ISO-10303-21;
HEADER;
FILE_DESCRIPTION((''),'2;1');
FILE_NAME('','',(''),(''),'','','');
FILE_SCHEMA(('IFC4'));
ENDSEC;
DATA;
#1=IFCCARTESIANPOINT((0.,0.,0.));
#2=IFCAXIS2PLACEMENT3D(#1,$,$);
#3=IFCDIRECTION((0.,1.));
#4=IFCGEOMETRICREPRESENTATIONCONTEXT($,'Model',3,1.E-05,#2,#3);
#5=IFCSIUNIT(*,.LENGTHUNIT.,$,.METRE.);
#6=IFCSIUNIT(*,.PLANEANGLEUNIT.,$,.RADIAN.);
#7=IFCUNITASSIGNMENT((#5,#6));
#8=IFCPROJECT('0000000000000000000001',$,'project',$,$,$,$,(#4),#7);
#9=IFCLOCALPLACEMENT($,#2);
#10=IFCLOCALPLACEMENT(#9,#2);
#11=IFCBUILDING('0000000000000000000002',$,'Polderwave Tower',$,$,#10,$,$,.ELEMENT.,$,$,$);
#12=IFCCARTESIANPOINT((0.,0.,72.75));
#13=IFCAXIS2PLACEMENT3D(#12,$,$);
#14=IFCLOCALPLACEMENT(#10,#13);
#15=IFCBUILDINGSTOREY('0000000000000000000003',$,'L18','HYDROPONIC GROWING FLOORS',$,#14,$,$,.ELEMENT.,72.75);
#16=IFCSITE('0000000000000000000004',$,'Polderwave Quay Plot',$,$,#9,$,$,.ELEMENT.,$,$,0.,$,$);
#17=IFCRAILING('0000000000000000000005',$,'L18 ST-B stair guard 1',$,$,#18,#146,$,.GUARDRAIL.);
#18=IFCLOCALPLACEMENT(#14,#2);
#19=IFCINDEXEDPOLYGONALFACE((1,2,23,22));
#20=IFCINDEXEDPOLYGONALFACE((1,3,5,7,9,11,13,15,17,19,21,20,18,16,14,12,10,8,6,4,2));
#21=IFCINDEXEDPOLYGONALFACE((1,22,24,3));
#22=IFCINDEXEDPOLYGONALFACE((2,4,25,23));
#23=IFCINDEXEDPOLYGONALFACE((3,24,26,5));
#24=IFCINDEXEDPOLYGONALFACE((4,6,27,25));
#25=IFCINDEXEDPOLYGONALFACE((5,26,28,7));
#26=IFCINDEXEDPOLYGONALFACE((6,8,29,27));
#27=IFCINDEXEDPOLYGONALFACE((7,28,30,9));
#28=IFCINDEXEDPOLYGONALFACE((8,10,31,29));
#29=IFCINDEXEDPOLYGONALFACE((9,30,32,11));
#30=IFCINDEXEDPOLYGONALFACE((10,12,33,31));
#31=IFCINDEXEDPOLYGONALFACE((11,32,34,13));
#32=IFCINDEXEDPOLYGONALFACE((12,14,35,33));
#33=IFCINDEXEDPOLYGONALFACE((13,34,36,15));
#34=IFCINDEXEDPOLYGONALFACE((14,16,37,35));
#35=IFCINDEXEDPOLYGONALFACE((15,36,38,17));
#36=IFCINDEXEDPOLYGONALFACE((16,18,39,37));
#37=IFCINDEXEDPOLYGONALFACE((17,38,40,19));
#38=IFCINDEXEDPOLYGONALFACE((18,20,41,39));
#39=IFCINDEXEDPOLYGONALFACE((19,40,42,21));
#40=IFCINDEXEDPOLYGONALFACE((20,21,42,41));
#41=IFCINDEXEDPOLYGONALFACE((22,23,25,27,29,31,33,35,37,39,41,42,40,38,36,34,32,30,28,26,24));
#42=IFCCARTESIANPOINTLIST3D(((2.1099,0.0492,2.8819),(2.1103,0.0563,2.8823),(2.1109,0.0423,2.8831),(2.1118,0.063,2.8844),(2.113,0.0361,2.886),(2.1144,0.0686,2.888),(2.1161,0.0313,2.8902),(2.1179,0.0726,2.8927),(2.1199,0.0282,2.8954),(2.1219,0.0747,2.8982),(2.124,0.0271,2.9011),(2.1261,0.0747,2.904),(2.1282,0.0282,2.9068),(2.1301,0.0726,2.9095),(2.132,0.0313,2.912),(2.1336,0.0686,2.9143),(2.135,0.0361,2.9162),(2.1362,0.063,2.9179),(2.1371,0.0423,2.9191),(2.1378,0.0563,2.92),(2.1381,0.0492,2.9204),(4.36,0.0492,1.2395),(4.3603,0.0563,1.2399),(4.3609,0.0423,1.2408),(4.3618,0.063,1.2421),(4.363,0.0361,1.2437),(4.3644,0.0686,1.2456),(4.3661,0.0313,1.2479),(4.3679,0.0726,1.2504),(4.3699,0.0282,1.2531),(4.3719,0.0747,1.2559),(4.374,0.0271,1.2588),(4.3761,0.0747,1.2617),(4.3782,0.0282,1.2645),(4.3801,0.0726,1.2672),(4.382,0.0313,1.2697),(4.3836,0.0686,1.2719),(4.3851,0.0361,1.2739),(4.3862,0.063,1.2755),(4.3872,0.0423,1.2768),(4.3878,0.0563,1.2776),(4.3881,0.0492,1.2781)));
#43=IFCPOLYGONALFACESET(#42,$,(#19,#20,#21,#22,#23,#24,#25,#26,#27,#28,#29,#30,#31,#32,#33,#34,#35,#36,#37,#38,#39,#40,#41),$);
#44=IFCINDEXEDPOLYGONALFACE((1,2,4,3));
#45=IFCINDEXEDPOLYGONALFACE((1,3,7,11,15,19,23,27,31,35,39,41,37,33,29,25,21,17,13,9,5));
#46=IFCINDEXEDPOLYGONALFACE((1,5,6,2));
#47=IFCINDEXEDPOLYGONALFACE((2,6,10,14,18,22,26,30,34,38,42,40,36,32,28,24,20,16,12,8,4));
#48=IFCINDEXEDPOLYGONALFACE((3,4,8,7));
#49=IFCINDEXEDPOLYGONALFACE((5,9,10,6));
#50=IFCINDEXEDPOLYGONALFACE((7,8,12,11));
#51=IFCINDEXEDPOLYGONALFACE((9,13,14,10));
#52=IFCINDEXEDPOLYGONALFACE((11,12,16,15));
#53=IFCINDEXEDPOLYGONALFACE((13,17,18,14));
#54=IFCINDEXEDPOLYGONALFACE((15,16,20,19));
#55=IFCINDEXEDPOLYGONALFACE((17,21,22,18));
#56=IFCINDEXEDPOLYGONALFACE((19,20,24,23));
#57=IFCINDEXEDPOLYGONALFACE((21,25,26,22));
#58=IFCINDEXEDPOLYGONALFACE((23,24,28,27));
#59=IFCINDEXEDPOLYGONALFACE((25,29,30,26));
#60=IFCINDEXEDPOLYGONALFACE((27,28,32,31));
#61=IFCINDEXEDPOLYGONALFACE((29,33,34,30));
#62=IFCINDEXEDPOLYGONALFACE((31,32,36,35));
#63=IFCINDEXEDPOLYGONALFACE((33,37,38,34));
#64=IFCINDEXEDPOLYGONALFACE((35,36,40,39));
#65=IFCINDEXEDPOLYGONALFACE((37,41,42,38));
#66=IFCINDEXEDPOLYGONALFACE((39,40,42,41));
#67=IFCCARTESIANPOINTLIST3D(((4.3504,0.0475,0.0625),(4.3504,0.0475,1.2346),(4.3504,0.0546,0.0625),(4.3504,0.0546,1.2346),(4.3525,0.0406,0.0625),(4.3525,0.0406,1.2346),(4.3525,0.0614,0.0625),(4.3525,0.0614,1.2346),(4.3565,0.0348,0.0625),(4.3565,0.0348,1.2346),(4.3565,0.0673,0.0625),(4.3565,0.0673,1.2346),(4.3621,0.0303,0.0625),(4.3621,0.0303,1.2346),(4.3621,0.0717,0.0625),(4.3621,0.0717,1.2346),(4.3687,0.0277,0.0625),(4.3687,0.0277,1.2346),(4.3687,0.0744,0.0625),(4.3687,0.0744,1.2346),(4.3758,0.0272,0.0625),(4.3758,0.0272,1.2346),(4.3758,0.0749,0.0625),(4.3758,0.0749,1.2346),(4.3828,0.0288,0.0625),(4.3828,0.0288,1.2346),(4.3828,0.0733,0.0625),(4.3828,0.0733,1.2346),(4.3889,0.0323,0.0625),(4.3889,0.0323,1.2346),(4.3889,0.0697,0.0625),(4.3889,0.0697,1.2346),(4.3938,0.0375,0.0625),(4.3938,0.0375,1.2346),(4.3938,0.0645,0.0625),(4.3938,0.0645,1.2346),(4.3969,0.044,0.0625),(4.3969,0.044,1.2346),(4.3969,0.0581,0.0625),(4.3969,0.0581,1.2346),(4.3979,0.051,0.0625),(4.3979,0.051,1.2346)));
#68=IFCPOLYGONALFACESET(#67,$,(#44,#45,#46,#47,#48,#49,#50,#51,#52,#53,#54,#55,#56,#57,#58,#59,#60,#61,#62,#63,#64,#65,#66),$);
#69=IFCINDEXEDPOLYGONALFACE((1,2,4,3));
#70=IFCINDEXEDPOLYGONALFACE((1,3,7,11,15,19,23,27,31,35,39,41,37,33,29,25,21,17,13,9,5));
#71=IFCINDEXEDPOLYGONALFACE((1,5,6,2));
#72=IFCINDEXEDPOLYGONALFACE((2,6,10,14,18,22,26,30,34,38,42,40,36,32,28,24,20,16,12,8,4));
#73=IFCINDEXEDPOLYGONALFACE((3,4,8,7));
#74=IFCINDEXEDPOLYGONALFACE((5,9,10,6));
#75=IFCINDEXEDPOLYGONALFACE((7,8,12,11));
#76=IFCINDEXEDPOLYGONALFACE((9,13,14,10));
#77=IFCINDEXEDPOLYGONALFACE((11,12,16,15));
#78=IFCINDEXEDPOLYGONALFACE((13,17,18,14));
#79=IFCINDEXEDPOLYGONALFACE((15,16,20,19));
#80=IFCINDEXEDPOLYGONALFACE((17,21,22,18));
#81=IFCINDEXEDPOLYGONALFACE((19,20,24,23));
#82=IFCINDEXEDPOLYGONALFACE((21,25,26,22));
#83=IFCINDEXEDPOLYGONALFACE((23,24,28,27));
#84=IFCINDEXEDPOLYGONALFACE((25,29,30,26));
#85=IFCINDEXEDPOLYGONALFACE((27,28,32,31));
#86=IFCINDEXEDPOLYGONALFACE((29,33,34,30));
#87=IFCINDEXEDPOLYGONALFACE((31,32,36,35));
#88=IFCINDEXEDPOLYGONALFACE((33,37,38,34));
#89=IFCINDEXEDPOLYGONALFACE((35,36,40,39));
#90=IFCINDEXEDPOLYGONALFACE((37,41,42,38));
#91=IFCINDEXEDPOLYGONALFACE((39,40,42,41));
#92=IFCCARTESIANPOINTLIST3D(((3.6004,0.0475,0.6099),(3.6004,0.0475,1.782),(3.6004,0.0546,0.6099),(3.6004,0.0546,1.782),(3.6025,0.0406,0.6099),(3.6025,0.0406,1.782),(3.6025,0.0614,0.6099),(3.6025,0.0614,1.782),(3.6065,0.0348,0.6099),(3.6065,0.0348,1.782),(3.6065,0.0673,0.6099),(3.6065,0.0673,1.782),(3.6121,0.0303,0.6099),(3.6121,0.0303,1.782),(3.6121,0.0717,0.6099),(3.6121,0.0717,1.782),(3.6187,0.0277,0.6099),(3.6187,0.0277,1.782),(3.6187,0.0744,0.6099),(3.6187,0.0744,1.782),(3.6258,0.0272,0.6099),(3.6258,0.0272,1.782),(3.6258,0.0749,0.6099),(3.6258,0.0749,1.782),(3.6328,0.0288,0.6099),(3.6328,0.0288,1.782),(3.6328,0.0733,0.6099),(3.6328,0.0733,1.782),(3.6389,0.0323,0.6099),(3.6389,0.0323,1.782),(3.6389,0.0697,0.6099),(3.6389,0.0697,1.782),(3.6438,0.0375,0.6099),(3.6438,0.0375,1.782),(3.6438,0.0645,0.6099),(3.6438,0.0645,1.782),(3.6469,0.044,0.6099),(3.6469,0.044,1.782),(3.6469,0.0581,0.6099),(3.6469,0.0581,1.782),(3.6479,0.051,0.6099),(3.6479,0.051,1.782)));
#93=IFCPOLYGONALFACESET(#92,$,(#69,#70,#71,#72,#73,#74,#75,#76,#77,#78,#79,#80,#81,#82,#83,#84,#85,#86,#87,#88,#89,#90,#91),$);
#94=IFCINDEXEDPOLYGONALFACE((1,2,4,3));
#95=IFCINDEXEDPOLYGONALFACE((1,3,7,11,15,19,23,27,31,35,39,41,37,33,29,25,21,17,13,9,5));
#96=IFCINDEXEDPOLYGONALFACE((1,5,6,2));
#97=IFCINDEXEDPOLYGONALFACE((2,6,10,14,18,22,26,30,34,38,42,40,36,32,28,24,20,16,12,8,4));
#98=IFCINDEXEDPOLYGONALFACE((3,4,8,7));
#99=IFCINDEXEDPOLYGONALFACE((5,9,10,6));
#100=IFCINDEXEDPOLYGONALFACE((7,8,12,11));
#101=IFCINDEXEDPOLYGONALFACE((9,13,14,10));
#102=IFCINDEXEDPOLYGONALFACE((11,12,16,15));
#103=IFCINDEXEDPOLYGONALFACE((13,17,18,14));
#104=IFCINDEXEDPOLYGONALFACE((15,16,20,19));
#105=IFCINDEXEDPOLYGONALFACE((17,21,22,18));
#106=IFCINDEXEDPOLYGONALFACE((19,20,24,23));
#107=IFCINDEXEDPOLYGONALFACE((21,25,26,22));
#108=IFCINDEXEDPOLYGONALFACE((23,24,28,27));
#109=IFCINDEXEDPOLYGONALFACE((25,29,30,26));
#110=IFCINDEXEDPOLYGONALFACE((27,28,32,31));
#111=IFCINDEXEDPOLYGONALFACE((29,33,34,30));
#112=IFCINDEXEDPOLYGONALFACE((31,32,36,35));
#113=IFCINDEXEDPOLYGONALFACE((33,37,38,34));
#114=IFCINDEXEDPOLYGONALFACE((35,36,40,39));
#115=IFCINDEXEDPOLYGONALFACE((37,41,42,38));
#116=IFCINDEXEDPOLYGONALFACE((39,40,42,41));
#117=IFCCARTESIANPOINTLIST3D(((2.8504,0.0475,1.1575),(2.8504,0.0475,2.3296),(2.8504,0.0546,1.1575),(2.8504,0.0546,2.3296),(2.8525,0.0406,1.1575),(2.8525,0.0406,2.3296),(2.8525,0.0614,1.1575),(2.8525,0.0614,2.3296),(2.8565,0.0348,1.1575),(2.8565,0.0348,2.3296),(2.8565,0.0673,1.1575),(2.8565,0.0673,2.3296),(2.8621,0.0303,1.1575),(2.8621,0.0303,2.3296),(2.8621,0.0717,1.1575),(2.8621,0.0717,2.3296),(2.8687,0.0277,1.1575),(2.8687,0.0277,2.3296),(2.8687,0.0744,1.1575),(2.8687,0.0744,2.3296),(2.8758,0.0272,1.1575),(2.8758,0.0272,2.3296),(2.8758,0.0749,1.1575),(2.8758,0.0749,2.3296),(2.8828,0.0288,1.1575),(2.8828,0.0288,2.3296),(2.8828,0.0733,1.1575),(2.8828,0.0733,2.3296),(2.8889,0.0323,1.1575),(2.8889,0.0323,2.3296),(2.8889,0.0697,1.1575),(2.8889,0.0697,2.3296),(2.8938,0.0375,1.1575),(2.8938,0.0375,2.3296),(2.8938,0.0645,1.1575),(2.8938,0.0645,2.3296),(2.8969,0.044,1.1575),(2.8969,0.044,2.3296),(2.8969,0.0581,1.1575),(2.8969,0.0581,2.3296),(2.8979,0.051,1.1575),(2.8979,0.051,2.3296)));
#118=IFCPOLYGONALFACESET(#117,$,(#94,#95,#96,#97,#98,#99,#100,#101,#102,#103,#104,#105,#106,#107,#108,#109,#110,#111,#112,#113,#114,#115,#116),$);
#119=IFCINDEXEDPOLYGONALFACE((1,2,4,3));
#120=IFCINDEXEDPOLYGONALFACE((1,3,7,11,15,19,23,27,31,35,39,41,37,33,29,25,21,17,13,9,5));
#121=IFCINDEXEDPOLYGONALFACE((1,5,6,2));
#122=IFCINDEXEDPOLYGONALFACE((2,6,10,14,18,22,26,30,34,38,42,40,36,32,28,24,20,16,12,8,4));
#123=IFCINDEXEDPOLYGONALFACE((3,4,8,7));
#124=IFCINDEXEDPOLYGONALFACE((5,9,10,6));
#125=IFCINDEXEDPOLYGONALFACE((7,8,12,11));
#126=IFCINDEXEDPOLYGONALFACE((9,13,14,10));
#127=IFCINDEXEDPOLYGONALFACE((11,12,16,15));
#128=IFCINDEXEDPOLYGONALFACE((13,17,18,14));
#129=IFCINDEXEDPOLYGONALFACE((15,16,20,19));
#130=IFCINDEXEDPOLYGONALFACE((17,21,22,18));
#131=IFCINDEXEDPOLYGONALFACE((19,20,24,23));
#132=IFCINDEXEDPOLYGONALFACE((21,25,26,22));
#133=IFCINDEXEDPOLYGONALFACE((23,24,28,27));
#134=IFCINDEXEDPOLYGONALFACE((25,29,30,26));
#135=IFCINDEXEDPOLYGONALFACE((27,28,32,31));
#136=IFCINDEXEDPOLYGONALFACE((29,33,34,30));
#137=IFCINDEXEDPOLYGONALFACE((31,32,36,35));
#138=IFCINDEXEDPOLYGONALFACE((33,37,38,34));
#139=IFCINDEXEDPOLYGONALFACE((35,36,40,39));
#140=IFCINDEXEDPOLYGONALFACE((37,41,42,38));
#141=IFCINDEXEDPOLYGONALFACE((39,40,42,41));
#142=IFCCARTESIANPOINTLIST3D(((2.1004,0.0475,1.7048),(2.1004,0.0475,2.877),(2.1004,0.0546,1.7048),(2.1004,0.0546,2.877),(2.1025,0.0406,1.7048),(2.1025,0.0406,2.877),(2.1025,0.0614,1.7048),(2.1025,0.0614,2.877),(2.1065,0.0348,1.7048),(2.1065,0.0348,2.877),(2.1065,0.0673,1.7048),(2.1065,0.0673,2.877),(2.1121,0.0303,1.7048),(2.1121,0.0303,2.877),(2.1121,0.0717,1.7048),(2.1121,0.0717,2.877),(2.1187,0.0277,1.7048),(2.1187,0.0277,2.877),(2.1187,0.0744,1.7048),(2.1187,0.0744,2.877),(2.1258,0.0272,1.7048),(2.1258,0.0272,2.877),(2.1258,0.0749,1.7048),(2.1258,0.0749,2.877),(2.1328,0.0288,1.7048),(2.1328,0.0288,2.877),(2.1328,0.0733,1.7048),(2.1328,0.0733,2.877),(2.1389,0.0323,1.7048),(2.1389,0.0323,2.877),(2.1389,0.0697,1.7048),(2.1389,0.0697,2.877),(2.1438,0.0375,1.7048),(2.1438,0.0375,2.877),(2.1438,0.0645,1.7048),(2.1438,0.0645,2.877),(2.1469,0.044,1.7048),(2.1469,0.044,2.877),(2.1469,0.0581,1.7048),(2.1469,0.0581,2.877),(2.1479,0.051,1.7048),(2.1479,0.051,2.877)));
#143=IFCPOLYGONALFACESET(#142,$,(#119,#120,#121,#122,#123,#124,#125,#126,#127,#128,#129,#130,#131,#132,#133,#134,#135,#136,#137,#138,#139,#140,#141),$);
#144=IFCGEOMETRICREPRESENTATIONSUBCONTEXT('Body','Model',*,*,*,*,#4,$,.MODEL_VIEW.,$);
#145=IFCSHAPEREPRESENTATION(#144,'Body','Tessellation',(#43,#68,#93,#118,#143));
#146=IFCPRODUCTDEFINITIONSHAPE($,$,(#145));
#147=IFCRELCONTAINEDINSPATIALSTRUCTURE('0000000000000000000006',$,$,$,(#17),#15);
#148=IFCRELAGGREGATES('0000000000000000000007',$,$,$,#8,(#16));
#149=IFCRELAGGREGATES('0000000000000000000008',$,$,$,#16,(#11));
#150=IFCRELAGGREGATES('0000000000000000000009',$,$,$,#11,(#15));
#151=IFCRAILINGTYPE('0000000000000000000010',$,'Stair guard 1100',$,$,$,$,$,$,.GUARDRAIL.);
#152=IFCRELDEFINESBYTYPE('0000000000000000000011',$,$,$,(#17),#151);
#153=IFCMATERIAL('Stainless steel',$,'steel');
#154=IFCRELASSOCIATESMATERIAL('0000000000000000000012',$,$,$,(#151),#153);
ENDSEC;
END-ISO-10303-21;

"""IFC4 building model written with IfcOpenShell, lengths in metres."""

from ifc_helpers import new_model, si_unit, direction, frame, origin, origin_2d, place, context, subcontext, project, spatial, circle, extrude, material, type_object, element, save


model = new_model("IFC4")

# Units and contexts
model_context = context("Model", 3, precision=1e-05, world=origin(), true_north=direction((0.0, 1.0)))
body_context = subcontext(model_context, "Body", "Model", "MODEL_VIEW")
ifc_project = project(units=[si_unit("LENGTHUNIT", "METRE"), si_unit("PLANEANGLEUNIT", "RADIAN")], contexts=[model_context])

# Site, building, storey
site_placement = place(None, origin())
site = spatial("IfcSite", under=ifc_project, at=site_placement, Name="Polderwave Quay Plot", CompositionType="ELEMENT", RefElevation=0.0)
building_placement = place(site_placement, origin())
building = spatial("IfcBuilding", under=site, at=building_placement, Name="Polderwave Tower", CompositionType="ELEMENT")
storey_placement = place(building_placement, frame((0.0, 0.0, 72.75)))
storey = spatial("IfcBuildingStorey", under=building, at=storey_placement, Name="L18", Description="HYDROPONIC GROWING FLOORS", CompositionType="ELEMENT", Elevation=72.75)

# Railing
ifc_material_1 = material(Name="Stainless steel", Category="steel")
railing_type_1 = type_object("IfcRailingType", Name="Stair guard 1100", PredefinedType="GUARDRAIL", material=ifc_material_1)
railing_1_placement = place(storey_placement, frame((4.374, 0.051, 0.0625)))
element("IfcRailing", 1, at=railing_1_placement, inside=storey, type_object=railing_type_1, Name="L18 ST-B stair guard 1", PredefinedType="GUARDRAIL", context=body_context, shape_type="SweptSolid", body=[
    extrude(circle(Radius=0.0239, at=origin_2d()), frame((0.0, 0.0, 1.1963), z_axis=(-0.807715, 0.0, 0.589573), x_axis=(0.0, -1.0, 0.0)), (0.0, 0.0, 1.0), 2.7856),
    extrude(circle(Radius=0.0239, at=origin_2d()), origin(), (0.0, 0.0, 1.0), 1.1721),
    extrude(circle(Radius=0.0239, at=origin_2d()), frame((-0.75, 0.0, 0.5474)), (0.0, 0.0, 1.0), 1.1721),
    extrude(circle(Radius=0.0239, at=origin_2d()), frame((-1.5, 0.0, 1.095)), (0.0, 0.0, 1.0), 1.1721),
    extrude(circle(Radius=0.0239, at=origin_2d()), frame((-2.25, 0.0, 1.6423)), (0.0, 0.0, 1.0), 1.1721),
])

save(model, "model.ifc")
